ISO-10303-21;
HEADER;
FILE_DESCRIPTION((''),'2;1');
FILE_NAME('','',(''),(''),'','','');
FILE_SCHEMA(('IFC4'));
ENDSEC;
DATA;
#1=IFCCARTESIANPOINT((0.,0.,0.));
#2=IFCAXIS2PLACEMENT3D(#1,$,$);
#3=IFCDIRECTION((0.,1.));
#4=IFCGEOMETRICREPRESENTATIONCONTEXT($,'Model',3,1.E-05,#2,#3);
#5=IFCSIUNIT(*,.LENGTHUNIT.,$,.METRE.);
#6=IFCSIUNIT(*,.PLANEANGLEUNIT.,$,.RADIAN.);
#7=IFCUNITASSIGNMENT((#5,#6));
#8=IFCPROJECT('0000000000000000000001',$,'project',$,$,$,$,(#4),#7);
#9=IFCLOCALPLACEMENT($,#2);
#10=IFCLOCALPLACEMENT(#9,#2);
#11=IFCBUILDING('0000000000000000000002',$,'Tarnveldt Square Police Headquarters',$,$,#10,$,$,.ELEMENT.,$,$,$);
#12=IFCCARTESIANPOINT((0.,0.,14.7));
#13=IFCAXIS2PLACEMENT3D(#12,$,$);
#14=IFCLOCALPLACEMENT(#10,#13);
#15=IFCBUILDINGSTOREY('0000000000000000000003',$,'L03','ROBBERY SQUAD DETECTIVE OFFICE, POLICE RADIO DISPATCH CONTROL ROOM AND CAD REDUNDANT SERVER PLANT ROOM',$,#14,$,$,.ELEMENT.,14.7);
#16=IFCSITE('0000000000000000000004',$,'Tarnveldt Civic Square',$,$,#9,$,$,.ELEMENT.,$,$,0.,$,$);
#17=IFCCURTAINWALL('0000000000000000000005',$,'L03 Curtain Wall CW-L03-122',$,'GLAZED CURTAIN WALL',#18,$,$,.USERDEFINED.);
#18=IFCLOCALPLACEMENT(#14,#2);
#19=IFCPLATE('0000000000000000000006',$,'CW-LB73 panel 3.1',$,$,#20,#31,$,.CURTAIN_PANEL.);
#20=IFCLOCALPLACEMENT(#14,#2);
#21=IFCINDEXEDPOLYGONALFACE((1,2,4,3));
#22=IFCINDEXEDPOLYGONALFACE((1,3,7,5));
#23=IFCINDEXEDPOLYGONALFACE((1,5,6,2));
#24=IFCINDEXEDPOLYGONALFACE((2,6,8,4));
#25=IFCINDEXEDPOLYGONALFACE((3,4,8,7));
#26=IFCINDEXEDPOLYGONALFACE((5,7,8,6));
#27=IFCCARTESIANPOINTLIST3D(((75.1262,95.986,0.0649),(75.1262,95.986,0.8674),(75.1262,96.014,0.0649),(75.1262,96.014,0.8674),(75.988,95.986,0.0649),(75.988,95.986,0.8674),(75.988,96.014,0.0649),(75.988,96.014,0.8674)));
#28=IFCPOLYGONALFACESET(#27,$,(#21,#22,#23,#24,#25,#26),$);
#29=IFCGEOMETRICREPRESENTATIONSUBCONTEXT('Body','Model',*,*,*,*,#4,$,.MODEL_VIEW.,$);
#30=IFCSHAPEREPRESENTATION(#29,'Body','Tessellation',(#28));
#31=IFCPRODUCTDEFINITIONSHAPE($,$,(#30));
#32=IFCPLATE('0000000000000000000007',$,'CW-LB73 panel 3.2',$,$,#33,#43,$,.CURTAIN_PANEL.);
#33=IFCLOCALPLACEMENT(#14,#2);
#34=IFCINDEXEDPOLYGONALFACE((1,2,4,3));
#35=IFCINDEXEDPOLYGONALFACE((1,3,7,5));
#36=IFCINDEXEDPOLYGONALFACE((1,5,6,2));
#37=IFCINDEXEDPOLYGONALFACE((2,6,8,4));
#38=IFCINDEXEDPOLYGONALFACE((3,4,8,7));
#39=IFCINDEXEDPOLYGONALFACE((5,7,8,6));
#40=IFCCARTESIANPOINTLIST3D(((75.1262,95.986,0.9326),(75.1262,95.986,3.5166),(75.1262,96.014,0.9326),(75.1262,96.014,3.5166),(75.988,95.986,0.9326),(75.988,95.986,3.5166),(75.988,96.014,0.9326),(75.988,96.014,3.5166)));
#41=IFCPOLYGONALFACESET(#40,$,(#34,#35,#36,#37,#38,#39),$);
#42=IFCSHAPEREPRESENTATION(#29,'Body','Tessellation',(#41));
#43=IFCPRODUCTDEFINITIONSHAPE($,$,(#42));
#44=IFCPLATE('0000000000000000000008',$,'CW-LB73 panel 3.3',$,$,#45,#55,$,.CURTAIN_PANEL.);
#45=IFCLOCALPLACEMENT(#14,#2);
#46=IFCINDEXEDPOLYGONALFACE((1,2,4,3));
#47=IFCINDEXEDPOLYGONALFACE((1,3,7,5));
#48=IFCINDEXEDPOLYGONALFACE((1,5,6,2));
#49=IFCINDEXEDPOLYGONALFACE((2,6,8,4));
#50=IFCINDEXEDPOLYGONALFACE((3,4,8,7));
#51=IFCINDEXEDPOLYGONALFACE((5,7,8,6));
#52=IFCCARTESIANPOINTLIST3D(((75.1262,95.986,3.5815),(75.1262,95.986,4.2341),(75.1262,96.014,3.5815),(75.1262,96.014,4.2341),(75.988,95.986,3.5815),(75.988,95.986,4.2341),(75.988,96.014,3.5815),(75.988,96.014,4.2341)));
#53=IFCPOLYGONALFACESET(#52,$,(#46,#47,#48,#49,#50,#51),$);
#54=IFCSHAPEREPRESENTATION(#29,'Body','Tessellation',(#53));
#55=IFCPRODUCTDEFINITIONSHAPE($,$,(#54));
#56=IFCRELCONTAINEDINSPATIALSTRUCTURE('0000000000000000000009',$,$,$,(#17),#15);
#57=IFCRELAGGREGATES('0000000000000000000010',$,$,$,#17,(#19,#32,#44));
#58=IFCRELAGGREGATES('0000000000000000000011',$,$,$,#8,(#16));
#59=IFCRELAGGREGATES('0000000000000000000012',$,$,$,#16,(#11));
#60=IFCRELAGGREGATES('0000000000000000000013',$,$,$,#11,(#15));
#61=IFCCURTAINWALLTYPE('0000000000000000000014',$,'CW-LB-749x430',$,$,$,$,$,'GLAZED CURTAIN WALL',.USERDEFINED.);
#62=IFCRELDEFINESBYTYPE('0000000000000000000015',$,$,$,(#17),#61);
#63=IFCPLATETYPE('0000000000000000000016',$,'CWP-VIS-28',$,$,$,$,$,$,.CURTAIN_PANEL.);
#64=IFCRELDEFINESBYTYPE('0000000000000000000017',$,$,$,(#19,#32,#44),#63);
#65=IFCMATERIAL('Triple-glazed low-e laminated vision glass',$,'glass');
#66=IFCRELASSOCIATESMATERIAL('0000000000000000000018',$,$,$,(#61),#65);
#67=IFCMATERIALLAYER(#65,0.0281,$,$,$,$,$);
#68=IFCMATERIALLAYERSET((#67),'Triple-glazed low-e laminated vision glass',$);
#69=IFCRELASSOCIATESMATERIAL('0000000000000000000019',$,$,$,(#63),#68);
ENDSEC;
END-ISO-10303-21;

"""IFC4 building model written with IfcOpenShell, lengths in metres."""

from ifc_helpers import new_model, si_unit, direction, frame, origin, origin_2d, place, context, subcontext, project, spatial, rectangle, extrude, material, layer, layer_set, type_object, element, aggregate, save


model = new_model("IFC4")

# Units and contexts
model_context = context("Model", 3, precision=1e-05, world=origin(), true_north=direction((0.0, 1.0)))
body_context = subcontext(model_context, "Body", "Model", "MODEL_VIEW")
ifc_project = project(units=[si_unit("LENGTHUNIT", "METRE"), si_unit("PLANEANGLEUNIT", "RADIAN")], contexts=[model_context])

# Site, building, storey
site_placement = place(None, origin())
site = spatial("IfcSite", under=ifc_project, at=site_placement, Name="Tarnveldt Civic Square", CompositionType="ELEMENT", RefElevation=0.0)
building_placement = place(site_placement, origin())
building = spatial("IfcBuilding", under=site, at=building_placement, Name="Tarnveldt Square Police Headquarters", CompositionType="ELEMENT")
storey_placement = place(building_placement, frame((0.0, 0.0, 14.7)))
storey = spatial("IfcBuildingStorey", under=building, at=storey_placement, Name="L03", Description="ROBBERY SQUAD DETECTIVE OFFICE, POLICE RADIO DISPATCH CONTROL ROOM AND CAD REDUNDANT SERVER PLANT ROOM", CompositionType="ELEMENT", Elevation=14.7)

# Curtain wall, plates
ifc_material_1 = material(Name="Triple-glazed low-e laminated vision glass", Category="glass")
curtain_wall_type = type_object("IfcCurtainWallType", Name="CW-LB-749x430", ElementType="GLAZED CURTAIN WALL", PredefinedType="USERDEFINED", material=ifc_material_1)
curtain_wall_placement = place(storey_placement, origin())
curtain_wall = element("IfcCurtainWall", 1, at=curtain_wall_placement, inside=storey, type_object=curtain_wall_type, Name="L03 Curtain Wall CW-L03-122", ObjectType="GLAZED CURTAIN WALL", PredefinedType="USERDEFINED")
ifc_layer = layer(ifc_material_1, 0.0281)
ifc_layer_set = layer_set([ifc_layer], Name="Triple-glazed low-e laminated vision glass")
plate_type = type_object("IfcPlateType", Name="CWP-VIS-28", PredefinedType="CURTAIN_PANEL", material=ifc_layer_set)
plate_1_placement = place(storey_placement, frame((75.5571, 96.0, 0.0649), z_axis=(0.0, 0.0, 1.0), x_axis=(1.0, 0.0, 0.0)))
plate_1 = element("IfcPlate", 2, at=plate_1_placement, type_object=plate_type, Name="CW-LB73 panel 3.1", PredefinedType="CURTAIN_PANEL", context=body_context, shape_type="SweptSolid", body=[
    extrude(rectangle(XDim=0.8618, YDim=0.0281, at=origin_2d()), origin(), (0.0, 0.0, 1.0), 0.8025),
])
plate_2_placement = place(storey_placement, frame((75.5571, 96.0, 0.9326), z_axis=(0.0, 0.0, 1.0), x_axis=(1.0, 0.0, 0.0)))
plate_2 = element("IfcPlate", 3, at=plate_2_placement, type_object=plate_type, Name="CW-LB73 panel 3.2", PredefinedType="CURTAIN_PANEL", context=body_context, shape_type="SweptSolid", body=[
    extrude(rectangle(XDim=0.8618, YDim=0.0281, at=origin_2d()), origin(), (0.0, 0.0, 1.0), 2.584),
])
plate_3_placement = place(storey_placement, frame((75.5571, 96.0, 3.5815), z_axis=(0.0, 0.0, 1.0), x_axis=(1.0, 0.0, 0.0)))
plate_3 = element("IfcPlate", 4, at=plate_3_placement, type_object=plate_type, Name="CW-LB73 panel 3.3", PredefinedType="CURTAIN_PANEL", context=body_context, shape_type="SweptSolid", body=[
    extrude(rectangle(XDim=0.8618, YDim=0.0281, at=origin_2d()), origin(), (0.0, 0.0, 1.0), 0.6526),
])
aggregate(curtain_wall, [plate_1, plate_2, plate_3])

save(model, "model.ifc")
